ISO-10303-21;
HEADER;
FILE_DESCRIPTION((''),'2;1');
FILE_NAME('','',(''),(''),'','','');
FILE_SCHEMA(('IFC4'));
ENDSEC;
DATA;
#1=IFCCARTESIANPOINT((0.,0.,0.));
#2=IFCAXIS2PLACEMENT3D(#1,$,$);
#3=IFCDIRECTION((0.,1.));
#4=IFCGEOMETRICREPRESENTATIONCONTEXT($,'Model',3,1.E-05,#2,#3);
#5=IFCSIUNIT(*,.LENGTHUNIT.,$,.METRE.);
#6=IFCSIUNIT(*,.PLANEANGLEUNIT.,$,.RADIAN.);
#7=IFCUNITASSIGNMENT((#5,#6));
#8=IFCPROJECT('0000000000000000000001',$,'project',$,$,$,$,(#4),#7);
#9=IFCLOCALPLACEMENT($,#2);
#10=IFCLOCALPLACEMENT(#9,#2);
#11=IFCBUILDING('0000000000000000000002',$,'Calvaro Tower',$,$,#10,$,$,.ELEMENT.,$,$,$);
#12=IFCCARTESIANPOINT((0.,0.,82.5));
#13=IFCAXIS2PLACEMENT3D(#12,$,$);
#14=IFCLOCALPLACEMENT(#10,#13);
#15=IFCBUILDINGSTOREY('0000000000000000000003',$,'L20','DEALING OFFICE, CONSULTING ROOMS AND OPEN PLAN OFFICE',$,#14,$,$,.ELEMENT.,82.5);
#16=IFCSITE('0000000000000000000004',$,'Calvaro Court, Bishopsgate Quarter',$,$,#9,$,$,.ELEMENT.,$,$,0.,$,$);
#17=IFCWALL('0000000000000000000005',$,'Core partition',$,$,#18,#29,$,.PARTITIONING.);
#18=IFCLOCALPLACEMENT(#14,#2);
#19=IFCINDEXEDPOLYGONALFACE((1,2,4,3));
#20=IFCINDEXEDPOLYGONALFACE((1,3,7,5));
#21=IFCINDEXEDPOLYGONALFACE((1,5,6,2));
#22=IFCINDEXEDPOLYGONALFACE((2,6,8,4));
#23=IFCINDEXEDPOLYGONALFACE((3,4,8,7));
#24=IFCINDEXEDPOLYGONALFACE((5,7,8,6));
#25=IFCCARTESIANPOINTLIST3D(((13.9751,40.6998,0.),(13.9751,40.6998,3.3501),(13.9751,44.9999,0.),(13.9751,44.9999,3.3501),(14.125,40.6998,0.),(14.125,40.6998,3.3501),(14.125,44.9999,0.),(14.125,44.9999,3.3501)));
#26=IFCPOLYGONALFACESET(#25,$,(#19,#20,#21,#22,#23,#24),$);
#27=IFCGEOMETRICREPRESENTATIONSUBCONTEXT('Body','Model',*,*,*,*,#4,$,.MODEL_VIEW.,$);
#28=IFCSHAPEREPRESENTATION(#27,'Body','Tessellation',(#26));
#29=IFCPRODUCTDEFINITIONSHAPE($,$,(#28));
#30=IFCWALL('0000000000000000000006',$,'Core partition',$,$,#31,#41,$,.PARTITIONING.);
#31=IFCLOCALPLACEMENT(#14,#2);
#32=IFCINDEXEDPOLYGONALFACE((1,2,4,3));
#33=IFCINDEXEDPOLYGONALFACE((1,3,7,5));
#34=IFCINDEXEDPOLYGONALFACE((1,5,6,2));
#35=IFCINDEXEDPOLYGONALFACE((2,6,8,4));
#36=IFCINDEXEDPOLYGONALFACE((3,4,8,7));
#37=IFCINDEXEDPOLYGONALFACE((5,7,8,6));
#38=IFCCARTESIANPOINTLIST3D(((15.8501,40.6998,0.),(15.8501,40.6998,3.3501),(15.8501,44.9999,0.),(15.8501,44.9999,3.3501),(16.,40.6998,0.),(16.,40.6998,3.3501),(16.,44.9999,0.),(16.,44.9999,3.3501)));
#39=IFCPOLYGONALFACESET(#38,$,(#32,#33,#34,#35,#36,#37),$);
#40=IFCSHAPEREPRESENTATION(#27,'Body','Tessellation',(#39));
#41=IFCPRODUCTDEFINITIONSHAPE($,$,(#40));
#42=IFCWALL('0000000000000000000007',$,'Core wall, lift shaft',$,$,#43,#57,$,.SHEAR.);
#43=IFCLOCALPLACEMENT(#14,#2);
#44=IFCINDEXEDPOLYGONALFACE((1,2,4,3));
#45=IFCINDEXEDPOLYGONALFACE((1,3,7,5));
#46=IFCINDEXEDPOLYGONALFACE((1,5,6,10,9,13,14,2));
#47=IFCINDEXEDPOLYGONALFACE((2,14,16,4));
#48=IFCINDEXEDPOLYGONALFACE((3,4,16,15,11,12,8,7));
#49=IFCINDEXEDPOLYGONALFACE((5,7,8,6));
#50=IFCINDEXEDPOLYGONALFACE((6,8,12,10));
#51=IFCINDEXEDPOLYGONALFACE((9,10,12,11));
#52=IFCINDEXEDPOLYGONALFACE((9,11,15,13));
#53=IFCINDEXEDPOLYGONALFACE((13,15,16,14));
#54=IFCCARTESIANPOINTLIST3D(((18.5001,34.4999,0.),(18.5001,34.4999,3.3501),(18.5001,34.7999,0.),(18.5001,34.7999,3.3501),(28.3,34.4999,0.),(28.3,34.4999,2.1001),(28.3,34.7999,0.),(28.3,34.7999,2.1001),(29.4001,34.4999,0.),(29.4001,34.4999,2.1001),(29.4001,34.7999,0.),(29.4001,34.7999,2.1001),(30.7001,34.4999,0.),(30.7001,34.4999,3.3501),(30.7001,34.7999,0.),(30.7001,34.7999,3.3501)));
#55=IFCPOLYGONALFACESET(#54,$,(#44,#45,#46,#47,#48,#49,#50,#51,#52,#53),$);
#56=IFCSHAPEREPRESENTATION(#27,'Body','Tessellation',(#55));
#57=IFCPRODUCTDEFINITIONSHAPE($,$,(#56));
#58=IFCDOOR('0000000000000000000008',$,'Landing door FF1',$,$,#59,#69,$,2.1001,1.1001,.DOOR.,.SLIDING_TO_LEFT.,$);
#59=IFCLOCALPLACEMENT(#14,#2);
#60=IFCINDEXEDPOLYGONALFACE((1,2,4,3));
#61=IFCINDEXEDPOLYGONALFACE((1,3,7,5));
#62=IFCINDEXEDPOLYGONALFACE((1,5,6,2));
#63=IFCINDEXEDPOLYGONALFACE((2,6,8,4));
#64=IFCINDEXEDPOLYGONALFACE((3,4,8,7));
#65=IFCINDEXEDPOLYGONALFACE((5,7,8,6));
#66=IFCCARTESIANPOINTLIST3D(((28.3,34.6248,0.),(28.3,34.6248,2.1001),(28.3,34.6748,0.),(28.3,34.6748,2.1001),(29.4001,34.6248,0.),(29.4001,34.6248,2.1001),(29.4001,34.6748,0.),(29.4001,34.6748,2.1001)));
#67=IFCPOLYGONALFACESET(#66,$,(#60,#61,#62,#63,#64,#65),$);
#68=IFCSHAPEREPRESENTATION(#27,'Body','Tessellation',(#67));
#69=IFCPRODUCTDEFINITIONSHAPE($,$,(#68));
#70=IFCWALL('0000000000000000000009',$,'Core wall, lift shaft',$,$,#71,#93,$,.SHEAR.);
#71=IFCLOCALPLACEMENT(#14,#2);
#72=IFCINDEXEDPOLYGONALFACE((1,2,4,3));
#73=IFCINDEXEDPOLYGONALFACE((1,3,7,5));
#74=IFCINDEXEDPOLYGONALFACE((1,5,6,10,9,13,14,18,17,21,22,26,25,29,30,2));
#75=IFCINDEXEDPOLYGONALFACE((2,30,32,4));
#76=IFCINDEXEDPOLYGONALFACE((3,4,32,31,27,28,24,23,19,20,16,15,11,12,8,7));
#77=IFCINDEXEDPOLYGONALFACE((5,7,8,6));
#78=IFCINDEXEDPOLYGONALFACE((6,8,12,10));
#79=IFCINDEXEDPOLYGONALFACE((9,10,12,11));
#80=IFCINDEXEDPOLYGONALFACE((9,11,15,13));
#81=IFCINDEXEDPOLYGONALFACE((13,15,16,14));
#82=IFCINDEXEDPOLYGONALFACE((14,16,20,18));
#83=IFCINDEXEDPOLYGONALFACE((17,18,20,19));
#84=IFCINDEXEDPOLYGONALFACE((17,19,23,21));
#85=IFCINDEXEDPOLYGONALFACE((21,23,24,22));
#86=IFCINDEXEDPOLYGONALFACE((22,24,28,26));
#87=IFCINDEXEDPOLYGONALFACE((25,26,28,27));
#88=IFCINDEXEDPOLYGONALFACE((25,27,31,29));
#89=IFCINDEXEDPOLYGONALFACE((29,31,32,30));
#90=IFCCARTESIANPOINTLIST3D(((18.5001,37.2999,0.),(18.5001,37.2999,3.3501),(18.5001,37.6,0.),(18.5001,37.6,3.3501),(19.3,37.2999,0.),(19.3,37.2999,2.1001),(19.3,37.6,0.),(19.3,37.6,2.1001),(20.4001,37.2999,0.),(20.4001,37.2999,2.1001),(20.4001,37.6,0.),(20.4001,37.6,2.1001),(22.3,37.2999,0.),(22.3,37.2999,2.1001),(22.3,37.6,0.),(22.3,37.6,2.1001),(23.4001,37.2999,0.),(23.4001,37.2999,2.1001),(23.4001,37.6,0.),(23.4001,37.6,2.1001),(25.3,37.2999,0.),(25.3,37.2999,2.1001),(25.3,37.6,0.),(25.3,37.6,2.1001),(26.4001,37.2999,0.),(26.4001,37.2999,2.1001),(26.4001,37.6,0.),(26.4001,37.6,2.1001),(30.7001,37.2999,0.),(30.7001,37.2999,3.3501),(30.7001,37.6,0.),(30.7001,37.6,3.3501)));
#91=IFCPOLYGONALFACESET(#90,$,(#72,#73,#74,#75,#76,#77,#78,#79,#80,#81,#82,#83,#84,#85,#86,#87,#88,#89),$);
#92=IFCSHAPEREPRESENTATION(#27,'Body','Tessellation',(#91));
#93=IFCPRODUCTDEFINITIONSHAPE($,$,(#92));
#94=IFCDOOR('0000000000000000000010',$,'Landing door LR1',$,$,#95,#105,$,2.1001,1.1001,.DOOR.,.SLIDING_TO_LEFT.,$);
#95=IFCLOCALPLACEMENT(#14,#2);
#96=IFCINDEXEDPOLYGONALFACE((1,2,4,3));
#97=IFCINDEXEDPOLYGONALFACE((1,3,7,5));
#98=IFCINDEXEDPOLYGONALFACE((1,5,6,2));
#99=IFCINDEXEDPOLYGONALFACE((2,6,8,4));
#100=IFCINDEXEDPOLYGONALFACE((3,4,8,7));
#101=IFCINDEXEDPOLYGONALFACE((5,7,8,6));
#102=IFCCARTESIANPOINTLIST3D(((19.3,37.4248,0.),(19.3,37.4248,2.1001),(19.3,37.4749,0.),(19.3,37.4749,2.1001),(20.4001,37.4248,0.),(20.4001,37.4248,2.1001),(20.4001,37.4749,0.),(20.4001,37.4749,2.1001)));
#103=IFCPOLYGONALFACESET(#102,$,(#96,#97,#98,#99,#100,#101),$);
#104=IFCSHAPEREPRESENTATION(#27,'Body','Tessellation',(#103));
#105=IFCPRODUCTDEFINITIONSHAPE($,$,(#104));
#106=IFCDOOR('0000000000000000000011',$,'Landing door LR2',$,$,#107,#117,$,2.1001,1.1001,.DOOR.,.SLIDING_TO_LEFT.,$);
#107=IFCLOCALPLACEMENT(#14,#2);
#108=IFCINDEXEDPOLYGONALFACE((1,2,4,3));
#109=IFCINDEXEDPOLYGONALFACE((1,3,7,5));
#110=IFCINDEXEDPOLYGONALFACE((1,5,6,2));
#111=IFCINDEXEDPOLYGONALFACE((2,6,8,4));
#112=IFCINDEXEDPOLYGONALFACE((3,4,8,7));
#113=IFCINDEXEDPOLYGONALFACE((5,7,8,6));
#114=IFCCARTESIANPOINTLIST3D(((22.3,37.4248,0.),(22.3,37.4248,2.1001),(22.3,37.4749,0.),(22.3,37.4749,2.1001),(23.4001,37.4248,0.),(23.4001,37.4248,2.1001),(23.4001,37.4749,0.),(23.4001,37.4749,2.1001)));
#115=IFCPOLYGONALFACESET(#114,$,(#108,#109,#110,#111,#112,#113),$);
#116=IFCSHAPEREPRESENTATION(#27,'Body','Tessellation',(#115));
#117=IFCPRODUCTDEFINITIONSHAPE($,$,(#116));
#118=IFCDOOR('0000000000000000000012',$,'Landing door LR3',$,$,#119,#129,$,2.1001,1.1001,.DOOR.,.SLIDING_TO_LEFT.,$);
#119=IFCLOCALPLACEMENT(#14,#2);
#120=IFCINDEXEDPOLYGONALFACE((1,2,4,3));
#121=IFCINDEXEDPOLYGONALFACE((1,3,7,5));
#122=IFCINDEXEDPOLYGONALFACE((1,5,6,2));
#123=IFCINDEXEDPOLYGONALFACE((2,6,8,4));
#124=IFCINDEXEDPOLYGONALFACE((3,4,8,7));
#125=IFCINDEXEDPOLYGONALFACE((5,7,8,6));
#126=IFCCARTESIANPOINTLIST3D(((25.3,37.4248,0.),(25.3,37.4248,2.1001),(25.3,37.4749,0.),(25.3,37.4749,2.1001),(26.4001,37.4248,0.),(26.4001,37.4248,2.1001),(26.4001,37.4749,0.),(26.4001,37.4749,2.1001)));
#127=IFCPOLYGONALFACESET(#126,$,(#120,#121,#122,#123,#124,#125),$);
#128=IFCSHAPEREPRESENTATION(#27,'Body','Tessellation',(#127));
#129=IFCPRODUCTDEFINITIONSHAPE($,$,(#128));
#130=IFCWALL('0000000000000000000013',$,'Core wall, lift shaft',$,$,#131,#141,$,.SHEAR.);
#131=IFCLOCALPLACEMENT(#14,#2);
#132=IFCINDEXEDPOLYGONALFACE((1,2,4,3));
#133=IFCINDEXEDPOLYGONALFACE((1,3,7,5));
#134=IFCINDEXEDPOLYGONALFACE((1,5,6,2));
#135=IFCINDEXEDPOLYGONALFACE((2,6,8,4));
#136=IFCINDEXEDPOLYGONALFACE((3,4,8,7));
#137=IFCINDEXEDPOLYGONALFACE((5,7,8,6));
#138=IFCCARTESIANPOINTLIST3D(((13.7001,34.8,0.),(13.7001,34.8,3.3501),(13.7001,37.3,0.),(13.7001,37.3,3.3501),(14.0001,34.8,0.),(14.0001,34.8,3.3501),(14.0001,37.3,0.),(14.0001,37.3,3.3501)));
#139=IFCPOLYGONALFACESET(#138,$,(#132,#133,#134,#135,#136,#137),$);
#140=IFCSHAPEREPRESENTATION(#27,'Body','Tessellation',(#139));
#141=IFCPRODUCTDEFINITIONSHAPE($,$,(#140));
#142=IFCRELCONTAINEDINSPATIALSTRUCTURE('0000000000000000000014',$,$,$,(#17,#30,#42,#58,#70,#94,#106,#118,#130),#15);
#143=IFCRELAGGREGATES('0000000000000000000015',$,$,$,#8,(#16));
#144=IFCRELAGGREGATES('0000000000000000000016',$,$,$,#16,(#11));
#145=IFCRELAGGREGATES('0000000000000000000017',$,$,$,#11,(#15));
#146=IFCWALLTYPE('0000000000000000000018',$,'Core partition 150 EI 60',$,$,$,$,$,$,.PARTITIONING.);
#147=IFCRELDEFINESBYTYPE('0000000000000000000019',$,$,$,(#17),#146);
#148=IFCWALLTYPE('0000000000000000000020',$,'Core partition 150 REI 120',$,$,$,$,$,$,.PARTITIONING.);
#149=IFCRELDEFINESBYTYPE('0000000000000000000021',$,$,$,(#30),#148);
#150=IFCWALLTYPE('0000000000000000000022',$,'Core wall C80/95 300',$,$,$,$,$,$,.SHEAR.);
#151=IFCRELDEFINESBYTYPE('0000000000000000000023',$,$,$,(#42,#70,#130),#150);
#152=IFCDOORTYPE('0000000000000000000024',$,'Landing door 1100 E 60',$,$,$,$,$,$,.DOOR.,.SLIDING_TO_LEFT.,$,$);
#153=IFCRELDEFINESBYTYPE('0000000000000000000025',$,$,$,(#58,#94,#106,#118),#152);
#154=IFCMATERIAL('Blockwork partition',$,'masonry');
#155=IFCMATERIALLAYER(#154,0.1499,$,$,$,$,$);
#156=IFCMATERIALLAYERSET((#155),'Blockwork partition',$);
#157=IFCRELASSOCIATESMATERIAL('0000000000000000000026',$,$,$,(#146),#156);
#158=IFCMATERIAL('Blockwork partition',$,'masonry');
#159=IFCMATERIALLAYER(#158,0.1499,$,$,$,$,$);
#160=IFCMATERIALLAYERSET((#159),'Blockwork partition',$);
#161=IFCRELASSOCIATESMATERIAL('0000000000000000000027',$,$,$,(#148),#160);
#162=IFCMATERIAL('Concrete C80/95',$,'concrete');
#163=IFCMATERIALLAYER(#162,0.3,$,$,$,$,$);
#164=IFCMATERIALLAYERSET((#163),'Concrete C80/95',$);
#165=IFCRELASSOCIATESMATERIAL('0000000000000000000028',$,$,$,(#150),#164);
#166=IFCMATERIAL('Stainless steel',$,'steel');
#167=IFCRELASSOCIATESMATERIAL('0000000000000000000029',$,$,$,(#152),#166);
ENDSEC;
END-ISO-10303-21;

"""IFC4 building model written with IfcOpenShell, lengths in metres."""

from ifc_helpers import new_model, si_unit, direction, frame, frame_2d, origin, place, context, subcontext, project, spatial, rectangle, extrude, material, layer, layer_set, type_object, element, fill, save


model = new_model("IFC4")

# Units and contexts
model_context = context("Model", 3, precision=1e-05, world=origin(), true_north=direction((0.0, 1.0)))
body_context = subcontext(model_context, "Body", "Model", "MODEL_VIEW")
ifc_project = project(units=[si_unit("LENGTHUNIT", "METRE"), si_unit("PLANEANGLEUNIT", "RADIAN")], contexts=[model_context])

# Site, building, storey
site_placement = place(None, origin())
site = spatial("IfcSite", under=ifc_project, at=site_placement, Name="Calvaro Court, Bishopsgate Quarter", CompositionType="ELEMENT", RefElevation=0.0)
building_placement = place(site_placement, origin())
building = spatial("IfcBuilding", under=site, at=building_placement, Name="Calvaro Tower", CompositionType="ELEMENT")
storey_placement = place(building_placement, frame((0.0, 0.0, 82.5)))
storey = spatial("IfcBuildingStorey", under=building, at=storey_placement, Name="L20", Description="DEALING OFFICE, CONSULTING ROOMS AND OPEN PLAN OFFICE", CompositionType="ELEMENT", Elevation=82.5)

# Walls
ifc_material_1 = material(Name="Blockwork partition", Category="masonry")
ifc_layer_1 = layer(ifc_material_1, 0.1499)
ifc_layer_set_1 = layer_set([ifc_layer_1], Name="Blockwork partition")
wall_type_1 = type_object("IfcWallType", Name="Core partition 150 EI 60", PredefinedType="PARTITIONING", material=ifc_layer_set_1)
wall_1_placement = place(storey_placement, frame((14.05, 40.7, 0.0), z_axis=(0.0, 0.0, 1.0), x_axis=(0.0, 1.0, 0.0)))
element("IfcWall", 1, at=wall_1_placement, inside=storey, type_object=wall_type_1, Name="Core partition", PredefinedType="PARTITIONING", context=body_context, shape_type="SweptSolid", body=[
    extrude(rectangle(XDim=4.3, YDim=0.1499, at=frame_2d((2.1499, 0.0))), origin(), (0.0, 0.0, 1.0), 3.3501),
])
ifc_material_2 = material(Name="Blockwork partition", Category="masonry")
ifc_layer_2 = layer(ifc_material_2, 0.1499)
ifc_layer_set_2 = layer_set([ifc_layer_2], Name="Blockwork partition")
wall_type_2 = type_object("IfcWallType", Name="Core partition 150 REI 120", PredefinedType="PARTITIONING", material=ifc_layer_set_2)
wall_2_placement = place(storey_placement, frame((15.925, 40.7, 0.0), z_axis=(0.0, 0.0, 1.0), x_axis=(0.0, 1.0, 0.0)))
element("IfcWall", 2, at=wall_2_placement, inside=storey, type_object=wall_type_2, Name="Core partition", PredefinedType="PARTITIONING", context=body_context, shape_type="SweptSolid", body=[
    extrude(rectangle(XDim=4.3, YDim=0.1499, at=frame_2d((2.1499, 0.0))), origin(), (0.0, 0.0, 1.0), 3.3501),
])

# Wall, opening, door
ifc_material_3 = material(Name="Concrete C80/95", Category="concrete")
ifc_layer_3 = layer(ifc_material_3, 0.3)
ifc_layer_set_3 = layer_set([ifc_layer_3], Name="Concrete C80/95")
wall_type_3 = type_object("IfcWallType", Name="Core wall C80/95 300", PredefinedType="SHEAR", material=ifc_layer_set_3)
wall_3_placement = place(storey_placement, frame((18.5, 34.6499, 0.0), z_axis=(0.0, 0.0, 1.0), x_axis=(1.0, 0.0, 0.0)))
wall_3 = element("IfcWall", 3, at=wall_3_placement, inside=storey, type_object=wall_type_3, Name="Core wall, lift shaft", PredefinedType="SHEAR", context=body_context, shape_type="SweptSolid", body=[
    extrude(rectangle(XDim=12.2, YDim=0.3, at=frame_2d((6.1001, 0.0))), origin(), (0.0, 0.0, 1.0), 3.3501),
])
opening_1_placement = place(wall_3_placement, frame((9.8, 0.0, 0.0)))
opening_1 = element("IfcOpeningElement", 4, at=opening_1_placement, cuts=wall_3, PredefinedType="OPENING", context=body_context, shape_type="SweptSolid", body=[
    extrude(rectangle(XDim=1.1001, YDim=2.1001, at=frame_2d((0.55, 1.05))), frame((0.0, 0.1599, 0.0), z_axis=(0.0, -1.0, 0.0), x_axis=(1.0, 0.0, 0.0)), (0.0, 0.0, 1.0), 0.3201),
])
ifc_material_4 = material(Name="Stainless steel", Category="steel")
door_type_1 = type_object("IfcDoorType", Name="Landing door 1100 E 60", OperationType="SLIDING_TO_LEFT", PredefinedType="DOOR", material=ifc_material_4)
door_1_placement = place(opening_1_placement, origin())
door_1 = element("IfcDoor", 5, at=door_1_placement, inside=storey, type_object=door_type_1, Name="Landing door FF1", OperationType="SLIDING_TO_LEFT", OverallHeight=2.1001, OverallWidth=1.1001, PredefinedType="DOOR", context=body_context, shape_type="SweptSolid", body=[
    extrude(rectangle(XDim=1.1001, YDim=2.1001, at=frame_2d((0.55, 1.05))), frame((0.0, 0.0249, 0.0), z_axis=(0.0, -1.0, 0.0), x_axis=(1.0, 0.0, 0.0)), (0.0, 0.0, 1.0), 0.05),
])
fill(opening_1, door_1)

# Wall, openings, doors
wall_4_placement = place(storey_placement, frame((18.5, 37.45, 0.0), z_axis=(0.0, 0.0, 1.0), x_axis=(1.0, 0.0, 0.0)))
wall_4 = element("IfcWall", 6, at=wall_4_placement, inside=storey, type_object=wall_type_3, Name="Core wall, lift shaft", PredefinedType="SHEAR", context=body_context, shape_type="SweptSolid", body=[
    extrude(rectangle(XDim=12.2, YDim=0.3, at=frame_2d((6.1001, 0.0))), origin(), (0.0, 0.0, 1.0), 3.3501),
])
opening_2_placement = place(wall_4_placement, frame((0.8, 0.0, 0.0)))
opening_2 = element("IfcOpeningElement", 7, at=opening_2_placement, cuts=wall_4, PredefinedType="OPENING", context=body_context, shape_type="SweptSolid", body=[
    extrude(rectangle(XDim=1.1001, YDim=2.1001, at=frame_2d((0.55, 1.05))), frame((0.0, 0.1599, 0.0), z_axis=(0.0, -1.0, 0.0), x_axis=(1.0, 0.0, 0.0)), (0.0, 0.0, 1.0), 0.3201),
])
opening_3_placement = place(wall_4_placement, frame((3.8, 0.0, 0.0)))
opening_3 = element("IfcOpeningElement", 8, at=opening_3_placement, cuts=wall_4, PredefinedType="OPENING", context=body_context, shape_type="SweptSolid", body=[
    extrude(rectangle(XDim=1.1001, YDim=2.1001, at=frame_2d((0.55, 1.05))), frame((0.0, 0.1599, 0.0), z_axis=(0.0, -1.0, 0.0), x_axis=(1.0, 0.0, 0.0)), (0.0, 0.0, 1.0), 0.3201),
])
opening_4_placement = place(wall_4_placement, frame((6.8, 0.0, 0.0)))
opening_4 = element("IfcOpeningElement", 9, at=opening_4_placement, cuts=wall_4, PredefinedType="OPENING", context=body_context, shape_type="SweptSolid", body=[
    extrude(rectangle(XDim=1.1001, YDim=2.1001, at=frame_2d((0.55, 1.05))), frame((0.0, 0.1599, 0.0), z_axis=(0.0, -1.0, 0.0), x_axis=(1.0, 0.0, 0.0)), (0.0, 0.0, 1.0), 0.3201),
])
door_2_placement = place(opening_2_placement, origin())
door_2 = element("IfcDoor", 10, at=door_2_placement, inside=storey, type_object=door_type_1, Name="Landing door LR1", OperationType="SLIDING_TO_LEFT", OverallHeight=2.1001, OverallWidth=1.1001, PredefinedType="DOOR", context=body_context, shape_type="SweptSolid", body=[
    extrude(rectangle(XDim=1.1001, YDim=2.1001, at=frame_2d((0.55, 1.05))), frame((0.0, 0.0249, 0.0), z_axis=(0.0, -1.0, 0.0), x_axis=(1.0, 0.0, 0.0)), (0.0, 0.0, 1.0), 0.05),
])
fill(opening_2, door_2)
door_3_placement = place(opening_3_placement, origin())
door_3 = element("IfcDoor", 11, at=door_3_placement, inside=storey, type_object=door_type_1, Name="Landing door LR2", OperationType="SLIDING_TO_LEFT", OverallHeight=2.1001, OverallWidth=1.1001, PredefinedType="DOOR", context=body_context, shape_type="SweptSolid", body=[
    extrude(rectangle(XDim=1.1001, YDim=2.1001, at=frame_2d((0.55, 1.05))), frame((0.0, 0.0249, 0.0), z_axis=(0.0, -1.0, 0.0), x_axis=(1.0, 0.0, 0.0)), (0.0, 0.0, 1.0), 0.05),
])
fill(opening_3, door_3)
door_4_placement = place(opening_4_placement, origin())
door_4 = element("IfcDoor", 12, at=door_4_placement, inside=storey, type_object=door_type_1, Name="Landing door LR3", OperationType="SLIDING_TO_LEFT", OverallHeight=2.1001, OverallWidth=1.1001, PredefinedType="DOOR", context=body_context, shape_type="SweptSolid", body=[
    extrude(rectangle(XDim=1.1001, YDim=2.1001, at=frame_2d((0.55, 1.05))), frame((0.0, 0.0249, 0.0), z_axis=(0.0, -1.0, 0.0), x_axis=(1.0, 0.0, 0.0)), (0.0, 0.0, 1.0), 0.05),
])
fill(opening_4, door_4)

# Wall
wall_5_placement = place(storey_placement, frame((13.8501, 34.8, 0.0), z_axis=(0.0, 0.0, 1.0), x_axis=(0.0, 1.0, 0.0)))
element("IfcWall", 13, at=wall_5_placement, inside=storey, type_object=wall_type_3, Name="Core wall, lift shaft", PredefinedType="SHEAR", context=body_context, shape_type="SweptSolid", body=[
    extrude(rectangle(XDim=2.5, YDim=0.3, at=frame_2d((1.25, 0.0))), origin(), (0.0, 0.0, 1.0), 3.3501),
])

save(model, "model.ifc")
